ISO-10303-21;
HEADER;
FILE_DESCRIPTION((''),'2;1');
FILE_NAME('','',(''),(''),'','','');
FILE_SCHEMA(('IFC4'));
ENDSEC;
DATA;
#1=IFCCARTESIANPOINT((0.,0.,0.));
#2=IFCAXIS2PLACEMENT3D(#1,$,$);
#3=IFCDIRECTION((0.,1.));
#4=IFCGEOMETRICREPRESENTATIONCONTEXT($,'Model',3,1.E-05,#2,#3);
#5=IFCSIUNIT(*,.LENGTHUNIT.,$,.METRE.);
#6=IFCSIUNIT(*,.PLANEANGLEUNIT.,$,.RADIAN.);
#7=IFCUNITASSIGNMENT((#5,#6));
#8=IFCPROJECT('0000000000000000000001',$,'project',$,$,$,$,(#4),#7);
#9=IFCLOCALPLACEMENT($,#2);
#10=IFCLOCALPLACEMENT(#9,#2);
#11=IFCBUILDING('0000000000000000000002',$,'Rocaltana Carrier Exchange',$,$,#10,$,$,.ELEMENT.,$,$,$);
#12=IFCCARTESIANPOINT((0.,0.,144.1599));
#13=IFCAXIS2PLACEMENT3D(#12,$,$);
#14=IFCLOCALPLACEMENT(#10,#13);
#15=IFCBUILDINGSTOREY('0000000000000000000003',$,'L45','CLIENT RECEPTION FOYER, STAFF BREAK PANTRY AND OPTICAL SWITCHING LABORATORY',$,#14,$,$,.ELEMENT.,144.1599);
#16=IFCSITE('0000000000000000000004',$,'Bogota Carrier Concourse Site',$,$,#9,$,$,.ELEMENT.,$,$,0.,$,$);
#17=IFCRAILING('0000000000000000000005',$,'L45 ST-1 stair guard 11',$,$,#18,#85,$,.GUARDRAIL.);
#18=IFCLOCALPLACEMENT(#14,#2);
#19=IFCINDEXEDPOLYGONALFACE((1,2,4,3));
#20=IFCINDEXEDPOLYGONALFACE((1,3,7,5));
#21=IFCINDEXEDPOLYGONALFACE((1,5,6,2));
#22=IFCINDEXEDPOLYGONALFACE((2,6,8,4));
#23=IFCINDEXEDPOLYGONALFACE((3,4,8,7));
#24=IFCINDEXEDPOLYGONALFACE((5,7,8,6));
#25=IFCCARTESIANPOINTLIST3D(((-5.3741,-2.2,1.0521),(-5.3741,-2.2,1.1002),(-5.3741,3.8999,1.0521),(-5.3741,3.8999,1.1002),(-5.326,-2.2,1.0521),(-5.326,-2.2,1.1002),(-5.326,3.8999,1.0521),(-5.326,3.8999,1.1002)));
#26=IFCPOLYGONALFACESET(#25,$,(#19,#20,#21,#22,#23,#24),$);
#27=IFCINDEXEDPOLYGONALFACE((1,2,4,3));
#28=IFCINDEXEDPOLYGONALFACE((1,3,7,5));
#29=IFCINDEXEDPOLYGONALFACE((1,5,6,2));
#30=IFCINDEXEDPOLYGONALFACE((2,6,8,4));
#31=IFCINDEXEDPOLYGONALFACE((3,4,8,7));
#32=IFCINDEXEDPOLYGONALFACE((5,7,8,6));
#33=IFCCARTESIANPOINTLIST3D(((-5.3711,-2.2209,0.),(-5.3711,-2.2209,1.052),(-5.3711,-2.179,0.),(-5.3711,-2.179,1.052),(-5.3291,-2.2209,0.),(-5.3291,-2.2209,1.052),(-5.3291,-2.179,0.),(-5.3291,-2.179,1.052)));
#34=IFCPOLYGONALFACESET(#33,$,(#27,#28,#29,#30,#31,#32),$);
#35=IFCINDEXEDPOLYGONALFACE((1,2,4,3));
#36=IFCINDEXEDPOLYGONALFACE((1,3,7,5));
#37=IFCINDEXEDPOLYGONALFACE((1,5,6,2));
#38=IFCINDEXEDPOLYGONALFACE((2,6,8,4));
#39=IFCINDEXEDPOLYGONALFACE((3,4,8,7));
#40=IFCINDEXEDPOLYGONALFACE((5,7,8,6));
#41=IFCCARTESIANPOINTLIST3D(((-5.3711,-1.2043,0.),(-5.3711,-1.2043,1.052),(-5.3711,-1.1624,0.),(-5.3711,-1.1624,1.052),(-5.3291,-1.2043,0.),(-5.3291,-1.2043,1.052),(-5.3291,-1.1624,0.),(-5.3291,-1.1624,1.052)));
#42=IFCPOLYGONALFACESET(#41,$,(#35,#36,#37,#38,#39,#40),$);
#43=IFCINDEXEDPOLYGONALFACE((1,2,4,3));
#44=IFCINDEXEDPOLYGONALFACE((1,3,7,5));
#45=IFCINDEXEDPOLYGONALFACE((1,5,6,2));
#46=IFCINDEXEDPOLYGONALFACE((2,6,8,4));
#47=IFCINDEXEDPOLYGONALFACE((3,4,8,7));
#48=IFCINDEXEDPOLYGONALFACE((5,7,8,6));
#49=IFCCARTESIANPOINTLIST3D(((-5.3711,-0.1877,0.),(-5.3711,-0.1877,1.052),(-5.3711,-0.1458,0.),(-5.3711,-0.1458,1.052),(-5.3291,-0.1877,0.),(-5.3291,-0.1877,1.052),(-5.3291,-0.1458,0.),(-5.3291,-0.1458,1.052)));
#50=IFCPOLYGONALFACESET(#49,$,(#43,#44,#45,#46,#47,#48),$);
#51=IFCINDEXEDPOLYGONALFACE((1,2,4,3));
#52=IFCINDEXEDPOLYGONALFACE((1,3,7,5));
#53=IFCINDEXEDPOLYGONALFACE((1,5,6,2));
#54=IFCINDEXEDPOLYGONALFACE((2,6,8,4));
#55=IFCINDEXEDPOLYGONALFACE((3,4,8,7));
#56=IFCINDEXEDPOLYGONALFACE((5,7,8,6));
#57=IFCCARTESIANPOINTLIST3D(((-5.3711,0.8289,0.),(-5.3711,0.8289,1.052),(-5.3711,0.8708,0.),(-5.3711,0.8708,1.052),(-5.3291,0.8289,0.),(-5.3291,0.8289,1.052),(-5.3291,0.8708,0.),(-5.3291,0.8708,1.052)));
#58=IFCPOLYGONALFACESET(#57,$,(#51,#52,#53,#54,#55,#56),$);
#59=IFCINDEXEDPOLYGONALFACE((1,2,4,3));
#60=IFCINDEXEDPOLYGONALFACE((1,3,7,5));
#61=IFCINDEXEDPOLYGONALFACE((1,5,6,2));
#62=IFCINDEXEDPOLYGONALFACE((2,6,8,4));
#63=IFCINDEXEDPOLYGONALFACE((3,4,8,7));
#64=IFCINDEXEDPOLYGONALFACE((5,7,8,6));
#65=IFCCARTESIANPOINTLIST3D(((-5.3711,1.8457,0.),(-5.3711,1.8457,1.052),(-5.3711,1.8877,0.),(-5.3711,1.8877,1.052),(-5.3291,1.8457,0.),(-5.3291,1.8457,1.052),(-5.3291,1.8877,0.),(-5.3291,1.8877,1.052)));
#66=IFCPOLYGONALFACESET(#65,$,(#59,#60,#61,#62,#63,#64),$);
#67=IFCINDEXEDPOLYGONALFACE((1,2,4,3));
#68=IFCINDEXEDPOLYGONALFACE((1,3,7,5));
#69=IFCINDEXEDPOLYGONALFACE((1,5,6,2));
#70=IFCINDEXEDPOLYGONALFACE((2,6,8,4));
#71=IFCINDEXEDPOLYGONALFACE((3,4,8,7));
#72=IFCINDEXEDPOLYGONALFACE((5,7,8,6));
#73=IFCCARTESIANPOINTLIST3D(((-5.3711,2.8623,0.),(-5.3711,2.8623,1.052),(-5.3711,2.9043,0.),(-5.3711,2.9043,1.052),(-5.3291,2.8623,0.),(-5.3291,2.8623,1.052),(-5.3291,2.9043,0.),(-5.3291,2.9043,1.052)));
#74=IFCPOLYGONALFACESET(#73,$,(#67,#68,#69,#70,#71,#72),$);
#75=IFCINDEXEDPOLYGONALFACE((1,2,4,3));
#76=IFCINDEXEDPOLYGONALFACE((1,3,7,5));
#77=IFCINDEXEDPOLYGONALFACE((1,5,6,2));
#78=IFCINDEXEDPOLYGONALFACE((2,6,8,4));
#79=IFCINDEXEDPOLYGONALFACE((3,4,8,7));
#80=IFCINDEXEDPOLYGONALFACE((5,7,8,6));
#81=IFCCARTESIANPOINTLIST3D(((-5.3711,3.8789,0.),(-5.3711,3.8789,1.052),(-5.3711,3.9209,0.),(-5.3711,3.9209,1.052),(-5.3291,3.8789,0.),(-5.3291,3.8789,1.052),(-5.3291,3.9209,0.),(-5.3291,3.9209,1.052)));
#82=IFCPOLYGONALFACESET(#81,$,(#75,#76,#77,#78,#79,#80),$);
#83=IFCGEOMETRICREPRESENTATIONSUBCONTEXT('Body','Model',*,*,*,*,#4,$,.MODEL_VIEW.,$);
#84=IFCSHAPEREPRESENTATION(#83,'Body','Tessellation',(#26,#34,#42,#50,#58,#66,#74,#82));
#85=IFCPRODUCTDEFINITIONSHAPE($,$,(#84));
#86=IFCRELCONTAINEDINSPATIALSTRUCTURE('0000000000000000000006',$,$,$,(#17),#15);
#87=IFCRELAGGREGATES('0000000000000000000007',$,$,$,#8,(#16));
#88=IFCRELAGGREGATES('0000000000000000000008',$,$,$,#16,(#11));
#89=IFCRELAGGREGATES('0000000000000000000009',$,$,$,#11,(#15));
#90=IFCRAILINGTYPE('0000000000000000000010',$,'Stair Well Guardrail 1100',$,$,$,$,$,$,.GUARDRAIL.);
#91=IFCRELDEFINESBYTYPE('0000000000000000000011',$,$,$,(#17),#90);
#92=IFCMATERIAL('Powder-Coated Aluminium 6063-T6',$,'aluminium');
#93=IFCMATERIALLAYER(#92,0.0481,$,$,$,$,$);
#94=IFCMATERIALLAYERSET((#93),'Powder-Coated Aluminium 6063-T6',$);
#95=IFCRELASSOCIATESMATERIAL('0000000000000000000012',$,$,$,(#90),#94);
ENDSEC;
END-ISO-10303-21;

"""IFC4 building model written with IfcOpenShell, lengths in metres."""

from ifc_helpers import new_model, si_unit, direction, frame, origin, origin_2d, place, context, subcontext, project, spatial, rectangle, extrude, material, layer, layer_set, type_object, element, save


model = new_model("IFC4")

# Units and contexts
model_context = context("Model", 3, precision=1e-05, world=origin(), true_north=direction((0.0, 1.0)))
body_context = subcontext(model_context, "Body", "Model", "MODEL_VIEW")
ifc_project = project(units=[si_unit("LENGTHUNIT", "METRE"), si_unit("PLANEANGLEUNIT", "RADIAN")], contexts=[model_context])

# Site, building, storey
site_placement = place(None, origin())
site = spatial("IfcSite", under=ifc_project, at=site_placement, Name="Bogota Carrier Concourse Site", CompositionType="ELEMENT", RefElevation=0.0)
building_placement = place(site_placement, origin())
building = spatial("IfcBuilding", under=site, at=building_placement, Name="Rocaltana Carrier Exchange", CompositionType="ELEMENT")
storey_placement = place(building_placement, frame((0.0, 0.0, 144.1599)))
storey = spatial("IfcBuildingStorey", under=building, at=storey_placement, Name="L45", Description="CLIENT RECEPTION FOYER, STAFF BREAK PANTRY AND OPTICAL SWITCHING LABORATORY", CompositionType="ELEMENT", Elevation=144.1599)

# Railing
ifc_material_1 = material(Name="Powder-Coated Aluminium 6063-T6", Category="aluminium")
ifc_layer_1 = layer(ifc_material_1, 0.0481)
ifc_layer_set_1 = layer_set([ifc_layer_1], Name="Powder-Coated Aluminium 6063-T6")
railing_type_1 = type_object("IfcRailingType", Name="Stair Well Guardrail 1100", PredefinedType="GUARDRAIL", material=ifc_layer_set_1)
for number, where, name in (
    (1, (-5.3501, -2.2, 0.0), "L45 ST-1 stair guard 11"),
):
    element("IfcRailing", number, at=place(storey_placement, frame(where)), inside=storey, type_object=railing_type_1, Name=name, PredefinedType="GUARDRAIL", context=body_context, shape_type="SweptSolid", body=[
        extrude(rectangle(XDim=0.0481, YDim=0.0481, at=origin_2d()), frame((0.0, 0.0, 1.0762), z_axis=(0.0, 1.0, 0.0), x_axis=(-1.0, 0.0, 0.0)), (0.0, 0.0, 1.0), 6.0999),
        extrude(rectangle(XDim=0.042, YDim=0.042, at=origin_2d()), origin(), (0.0, 0.0, 1.0), 1.052),
        extrude(rectangle(XDim=0.042, YDim=0.042, at=origin_2d()), frame((0.0, 1.0166, 0.0)), (0.0, 0.0, 1.0), 1.052),
        extrude(rectangle(XDim=0.042, YDim=0.042, at=origin_2d()), frame((0.0, 2.0332, 0.0)), (0.0, 0.0, 1.0), 1.052),
        extrude(rectangle(XDim=0.042, YDim=0.042, at=origin_2d()), frame((0.0, 3.0498, 0.0)), (0.0, 0.0, 1.0), 1.052),
        extrude(rectangle(XDim=0.042, YDim=0.042, at=origin_2d()), frame((0.0, 4.0667, 0.0)), (0.0, 0.0, 1.0), 1.052),
        extrude(rectangle(XDim=0.042, YDim=0.042, at=origin_2d()), frame((0.0, 5.0833, 0.0)), (0.0, 0.0, 1.0), 1.052),
        extrude(rectangle(XDim=0.042, YDim=0.042, at=origin_2d()), frame((0.0, 6.0999, 0.0)), (0.0, 0.0, 1.0), 1.052),
    ])

save(model, "model.ifc")
